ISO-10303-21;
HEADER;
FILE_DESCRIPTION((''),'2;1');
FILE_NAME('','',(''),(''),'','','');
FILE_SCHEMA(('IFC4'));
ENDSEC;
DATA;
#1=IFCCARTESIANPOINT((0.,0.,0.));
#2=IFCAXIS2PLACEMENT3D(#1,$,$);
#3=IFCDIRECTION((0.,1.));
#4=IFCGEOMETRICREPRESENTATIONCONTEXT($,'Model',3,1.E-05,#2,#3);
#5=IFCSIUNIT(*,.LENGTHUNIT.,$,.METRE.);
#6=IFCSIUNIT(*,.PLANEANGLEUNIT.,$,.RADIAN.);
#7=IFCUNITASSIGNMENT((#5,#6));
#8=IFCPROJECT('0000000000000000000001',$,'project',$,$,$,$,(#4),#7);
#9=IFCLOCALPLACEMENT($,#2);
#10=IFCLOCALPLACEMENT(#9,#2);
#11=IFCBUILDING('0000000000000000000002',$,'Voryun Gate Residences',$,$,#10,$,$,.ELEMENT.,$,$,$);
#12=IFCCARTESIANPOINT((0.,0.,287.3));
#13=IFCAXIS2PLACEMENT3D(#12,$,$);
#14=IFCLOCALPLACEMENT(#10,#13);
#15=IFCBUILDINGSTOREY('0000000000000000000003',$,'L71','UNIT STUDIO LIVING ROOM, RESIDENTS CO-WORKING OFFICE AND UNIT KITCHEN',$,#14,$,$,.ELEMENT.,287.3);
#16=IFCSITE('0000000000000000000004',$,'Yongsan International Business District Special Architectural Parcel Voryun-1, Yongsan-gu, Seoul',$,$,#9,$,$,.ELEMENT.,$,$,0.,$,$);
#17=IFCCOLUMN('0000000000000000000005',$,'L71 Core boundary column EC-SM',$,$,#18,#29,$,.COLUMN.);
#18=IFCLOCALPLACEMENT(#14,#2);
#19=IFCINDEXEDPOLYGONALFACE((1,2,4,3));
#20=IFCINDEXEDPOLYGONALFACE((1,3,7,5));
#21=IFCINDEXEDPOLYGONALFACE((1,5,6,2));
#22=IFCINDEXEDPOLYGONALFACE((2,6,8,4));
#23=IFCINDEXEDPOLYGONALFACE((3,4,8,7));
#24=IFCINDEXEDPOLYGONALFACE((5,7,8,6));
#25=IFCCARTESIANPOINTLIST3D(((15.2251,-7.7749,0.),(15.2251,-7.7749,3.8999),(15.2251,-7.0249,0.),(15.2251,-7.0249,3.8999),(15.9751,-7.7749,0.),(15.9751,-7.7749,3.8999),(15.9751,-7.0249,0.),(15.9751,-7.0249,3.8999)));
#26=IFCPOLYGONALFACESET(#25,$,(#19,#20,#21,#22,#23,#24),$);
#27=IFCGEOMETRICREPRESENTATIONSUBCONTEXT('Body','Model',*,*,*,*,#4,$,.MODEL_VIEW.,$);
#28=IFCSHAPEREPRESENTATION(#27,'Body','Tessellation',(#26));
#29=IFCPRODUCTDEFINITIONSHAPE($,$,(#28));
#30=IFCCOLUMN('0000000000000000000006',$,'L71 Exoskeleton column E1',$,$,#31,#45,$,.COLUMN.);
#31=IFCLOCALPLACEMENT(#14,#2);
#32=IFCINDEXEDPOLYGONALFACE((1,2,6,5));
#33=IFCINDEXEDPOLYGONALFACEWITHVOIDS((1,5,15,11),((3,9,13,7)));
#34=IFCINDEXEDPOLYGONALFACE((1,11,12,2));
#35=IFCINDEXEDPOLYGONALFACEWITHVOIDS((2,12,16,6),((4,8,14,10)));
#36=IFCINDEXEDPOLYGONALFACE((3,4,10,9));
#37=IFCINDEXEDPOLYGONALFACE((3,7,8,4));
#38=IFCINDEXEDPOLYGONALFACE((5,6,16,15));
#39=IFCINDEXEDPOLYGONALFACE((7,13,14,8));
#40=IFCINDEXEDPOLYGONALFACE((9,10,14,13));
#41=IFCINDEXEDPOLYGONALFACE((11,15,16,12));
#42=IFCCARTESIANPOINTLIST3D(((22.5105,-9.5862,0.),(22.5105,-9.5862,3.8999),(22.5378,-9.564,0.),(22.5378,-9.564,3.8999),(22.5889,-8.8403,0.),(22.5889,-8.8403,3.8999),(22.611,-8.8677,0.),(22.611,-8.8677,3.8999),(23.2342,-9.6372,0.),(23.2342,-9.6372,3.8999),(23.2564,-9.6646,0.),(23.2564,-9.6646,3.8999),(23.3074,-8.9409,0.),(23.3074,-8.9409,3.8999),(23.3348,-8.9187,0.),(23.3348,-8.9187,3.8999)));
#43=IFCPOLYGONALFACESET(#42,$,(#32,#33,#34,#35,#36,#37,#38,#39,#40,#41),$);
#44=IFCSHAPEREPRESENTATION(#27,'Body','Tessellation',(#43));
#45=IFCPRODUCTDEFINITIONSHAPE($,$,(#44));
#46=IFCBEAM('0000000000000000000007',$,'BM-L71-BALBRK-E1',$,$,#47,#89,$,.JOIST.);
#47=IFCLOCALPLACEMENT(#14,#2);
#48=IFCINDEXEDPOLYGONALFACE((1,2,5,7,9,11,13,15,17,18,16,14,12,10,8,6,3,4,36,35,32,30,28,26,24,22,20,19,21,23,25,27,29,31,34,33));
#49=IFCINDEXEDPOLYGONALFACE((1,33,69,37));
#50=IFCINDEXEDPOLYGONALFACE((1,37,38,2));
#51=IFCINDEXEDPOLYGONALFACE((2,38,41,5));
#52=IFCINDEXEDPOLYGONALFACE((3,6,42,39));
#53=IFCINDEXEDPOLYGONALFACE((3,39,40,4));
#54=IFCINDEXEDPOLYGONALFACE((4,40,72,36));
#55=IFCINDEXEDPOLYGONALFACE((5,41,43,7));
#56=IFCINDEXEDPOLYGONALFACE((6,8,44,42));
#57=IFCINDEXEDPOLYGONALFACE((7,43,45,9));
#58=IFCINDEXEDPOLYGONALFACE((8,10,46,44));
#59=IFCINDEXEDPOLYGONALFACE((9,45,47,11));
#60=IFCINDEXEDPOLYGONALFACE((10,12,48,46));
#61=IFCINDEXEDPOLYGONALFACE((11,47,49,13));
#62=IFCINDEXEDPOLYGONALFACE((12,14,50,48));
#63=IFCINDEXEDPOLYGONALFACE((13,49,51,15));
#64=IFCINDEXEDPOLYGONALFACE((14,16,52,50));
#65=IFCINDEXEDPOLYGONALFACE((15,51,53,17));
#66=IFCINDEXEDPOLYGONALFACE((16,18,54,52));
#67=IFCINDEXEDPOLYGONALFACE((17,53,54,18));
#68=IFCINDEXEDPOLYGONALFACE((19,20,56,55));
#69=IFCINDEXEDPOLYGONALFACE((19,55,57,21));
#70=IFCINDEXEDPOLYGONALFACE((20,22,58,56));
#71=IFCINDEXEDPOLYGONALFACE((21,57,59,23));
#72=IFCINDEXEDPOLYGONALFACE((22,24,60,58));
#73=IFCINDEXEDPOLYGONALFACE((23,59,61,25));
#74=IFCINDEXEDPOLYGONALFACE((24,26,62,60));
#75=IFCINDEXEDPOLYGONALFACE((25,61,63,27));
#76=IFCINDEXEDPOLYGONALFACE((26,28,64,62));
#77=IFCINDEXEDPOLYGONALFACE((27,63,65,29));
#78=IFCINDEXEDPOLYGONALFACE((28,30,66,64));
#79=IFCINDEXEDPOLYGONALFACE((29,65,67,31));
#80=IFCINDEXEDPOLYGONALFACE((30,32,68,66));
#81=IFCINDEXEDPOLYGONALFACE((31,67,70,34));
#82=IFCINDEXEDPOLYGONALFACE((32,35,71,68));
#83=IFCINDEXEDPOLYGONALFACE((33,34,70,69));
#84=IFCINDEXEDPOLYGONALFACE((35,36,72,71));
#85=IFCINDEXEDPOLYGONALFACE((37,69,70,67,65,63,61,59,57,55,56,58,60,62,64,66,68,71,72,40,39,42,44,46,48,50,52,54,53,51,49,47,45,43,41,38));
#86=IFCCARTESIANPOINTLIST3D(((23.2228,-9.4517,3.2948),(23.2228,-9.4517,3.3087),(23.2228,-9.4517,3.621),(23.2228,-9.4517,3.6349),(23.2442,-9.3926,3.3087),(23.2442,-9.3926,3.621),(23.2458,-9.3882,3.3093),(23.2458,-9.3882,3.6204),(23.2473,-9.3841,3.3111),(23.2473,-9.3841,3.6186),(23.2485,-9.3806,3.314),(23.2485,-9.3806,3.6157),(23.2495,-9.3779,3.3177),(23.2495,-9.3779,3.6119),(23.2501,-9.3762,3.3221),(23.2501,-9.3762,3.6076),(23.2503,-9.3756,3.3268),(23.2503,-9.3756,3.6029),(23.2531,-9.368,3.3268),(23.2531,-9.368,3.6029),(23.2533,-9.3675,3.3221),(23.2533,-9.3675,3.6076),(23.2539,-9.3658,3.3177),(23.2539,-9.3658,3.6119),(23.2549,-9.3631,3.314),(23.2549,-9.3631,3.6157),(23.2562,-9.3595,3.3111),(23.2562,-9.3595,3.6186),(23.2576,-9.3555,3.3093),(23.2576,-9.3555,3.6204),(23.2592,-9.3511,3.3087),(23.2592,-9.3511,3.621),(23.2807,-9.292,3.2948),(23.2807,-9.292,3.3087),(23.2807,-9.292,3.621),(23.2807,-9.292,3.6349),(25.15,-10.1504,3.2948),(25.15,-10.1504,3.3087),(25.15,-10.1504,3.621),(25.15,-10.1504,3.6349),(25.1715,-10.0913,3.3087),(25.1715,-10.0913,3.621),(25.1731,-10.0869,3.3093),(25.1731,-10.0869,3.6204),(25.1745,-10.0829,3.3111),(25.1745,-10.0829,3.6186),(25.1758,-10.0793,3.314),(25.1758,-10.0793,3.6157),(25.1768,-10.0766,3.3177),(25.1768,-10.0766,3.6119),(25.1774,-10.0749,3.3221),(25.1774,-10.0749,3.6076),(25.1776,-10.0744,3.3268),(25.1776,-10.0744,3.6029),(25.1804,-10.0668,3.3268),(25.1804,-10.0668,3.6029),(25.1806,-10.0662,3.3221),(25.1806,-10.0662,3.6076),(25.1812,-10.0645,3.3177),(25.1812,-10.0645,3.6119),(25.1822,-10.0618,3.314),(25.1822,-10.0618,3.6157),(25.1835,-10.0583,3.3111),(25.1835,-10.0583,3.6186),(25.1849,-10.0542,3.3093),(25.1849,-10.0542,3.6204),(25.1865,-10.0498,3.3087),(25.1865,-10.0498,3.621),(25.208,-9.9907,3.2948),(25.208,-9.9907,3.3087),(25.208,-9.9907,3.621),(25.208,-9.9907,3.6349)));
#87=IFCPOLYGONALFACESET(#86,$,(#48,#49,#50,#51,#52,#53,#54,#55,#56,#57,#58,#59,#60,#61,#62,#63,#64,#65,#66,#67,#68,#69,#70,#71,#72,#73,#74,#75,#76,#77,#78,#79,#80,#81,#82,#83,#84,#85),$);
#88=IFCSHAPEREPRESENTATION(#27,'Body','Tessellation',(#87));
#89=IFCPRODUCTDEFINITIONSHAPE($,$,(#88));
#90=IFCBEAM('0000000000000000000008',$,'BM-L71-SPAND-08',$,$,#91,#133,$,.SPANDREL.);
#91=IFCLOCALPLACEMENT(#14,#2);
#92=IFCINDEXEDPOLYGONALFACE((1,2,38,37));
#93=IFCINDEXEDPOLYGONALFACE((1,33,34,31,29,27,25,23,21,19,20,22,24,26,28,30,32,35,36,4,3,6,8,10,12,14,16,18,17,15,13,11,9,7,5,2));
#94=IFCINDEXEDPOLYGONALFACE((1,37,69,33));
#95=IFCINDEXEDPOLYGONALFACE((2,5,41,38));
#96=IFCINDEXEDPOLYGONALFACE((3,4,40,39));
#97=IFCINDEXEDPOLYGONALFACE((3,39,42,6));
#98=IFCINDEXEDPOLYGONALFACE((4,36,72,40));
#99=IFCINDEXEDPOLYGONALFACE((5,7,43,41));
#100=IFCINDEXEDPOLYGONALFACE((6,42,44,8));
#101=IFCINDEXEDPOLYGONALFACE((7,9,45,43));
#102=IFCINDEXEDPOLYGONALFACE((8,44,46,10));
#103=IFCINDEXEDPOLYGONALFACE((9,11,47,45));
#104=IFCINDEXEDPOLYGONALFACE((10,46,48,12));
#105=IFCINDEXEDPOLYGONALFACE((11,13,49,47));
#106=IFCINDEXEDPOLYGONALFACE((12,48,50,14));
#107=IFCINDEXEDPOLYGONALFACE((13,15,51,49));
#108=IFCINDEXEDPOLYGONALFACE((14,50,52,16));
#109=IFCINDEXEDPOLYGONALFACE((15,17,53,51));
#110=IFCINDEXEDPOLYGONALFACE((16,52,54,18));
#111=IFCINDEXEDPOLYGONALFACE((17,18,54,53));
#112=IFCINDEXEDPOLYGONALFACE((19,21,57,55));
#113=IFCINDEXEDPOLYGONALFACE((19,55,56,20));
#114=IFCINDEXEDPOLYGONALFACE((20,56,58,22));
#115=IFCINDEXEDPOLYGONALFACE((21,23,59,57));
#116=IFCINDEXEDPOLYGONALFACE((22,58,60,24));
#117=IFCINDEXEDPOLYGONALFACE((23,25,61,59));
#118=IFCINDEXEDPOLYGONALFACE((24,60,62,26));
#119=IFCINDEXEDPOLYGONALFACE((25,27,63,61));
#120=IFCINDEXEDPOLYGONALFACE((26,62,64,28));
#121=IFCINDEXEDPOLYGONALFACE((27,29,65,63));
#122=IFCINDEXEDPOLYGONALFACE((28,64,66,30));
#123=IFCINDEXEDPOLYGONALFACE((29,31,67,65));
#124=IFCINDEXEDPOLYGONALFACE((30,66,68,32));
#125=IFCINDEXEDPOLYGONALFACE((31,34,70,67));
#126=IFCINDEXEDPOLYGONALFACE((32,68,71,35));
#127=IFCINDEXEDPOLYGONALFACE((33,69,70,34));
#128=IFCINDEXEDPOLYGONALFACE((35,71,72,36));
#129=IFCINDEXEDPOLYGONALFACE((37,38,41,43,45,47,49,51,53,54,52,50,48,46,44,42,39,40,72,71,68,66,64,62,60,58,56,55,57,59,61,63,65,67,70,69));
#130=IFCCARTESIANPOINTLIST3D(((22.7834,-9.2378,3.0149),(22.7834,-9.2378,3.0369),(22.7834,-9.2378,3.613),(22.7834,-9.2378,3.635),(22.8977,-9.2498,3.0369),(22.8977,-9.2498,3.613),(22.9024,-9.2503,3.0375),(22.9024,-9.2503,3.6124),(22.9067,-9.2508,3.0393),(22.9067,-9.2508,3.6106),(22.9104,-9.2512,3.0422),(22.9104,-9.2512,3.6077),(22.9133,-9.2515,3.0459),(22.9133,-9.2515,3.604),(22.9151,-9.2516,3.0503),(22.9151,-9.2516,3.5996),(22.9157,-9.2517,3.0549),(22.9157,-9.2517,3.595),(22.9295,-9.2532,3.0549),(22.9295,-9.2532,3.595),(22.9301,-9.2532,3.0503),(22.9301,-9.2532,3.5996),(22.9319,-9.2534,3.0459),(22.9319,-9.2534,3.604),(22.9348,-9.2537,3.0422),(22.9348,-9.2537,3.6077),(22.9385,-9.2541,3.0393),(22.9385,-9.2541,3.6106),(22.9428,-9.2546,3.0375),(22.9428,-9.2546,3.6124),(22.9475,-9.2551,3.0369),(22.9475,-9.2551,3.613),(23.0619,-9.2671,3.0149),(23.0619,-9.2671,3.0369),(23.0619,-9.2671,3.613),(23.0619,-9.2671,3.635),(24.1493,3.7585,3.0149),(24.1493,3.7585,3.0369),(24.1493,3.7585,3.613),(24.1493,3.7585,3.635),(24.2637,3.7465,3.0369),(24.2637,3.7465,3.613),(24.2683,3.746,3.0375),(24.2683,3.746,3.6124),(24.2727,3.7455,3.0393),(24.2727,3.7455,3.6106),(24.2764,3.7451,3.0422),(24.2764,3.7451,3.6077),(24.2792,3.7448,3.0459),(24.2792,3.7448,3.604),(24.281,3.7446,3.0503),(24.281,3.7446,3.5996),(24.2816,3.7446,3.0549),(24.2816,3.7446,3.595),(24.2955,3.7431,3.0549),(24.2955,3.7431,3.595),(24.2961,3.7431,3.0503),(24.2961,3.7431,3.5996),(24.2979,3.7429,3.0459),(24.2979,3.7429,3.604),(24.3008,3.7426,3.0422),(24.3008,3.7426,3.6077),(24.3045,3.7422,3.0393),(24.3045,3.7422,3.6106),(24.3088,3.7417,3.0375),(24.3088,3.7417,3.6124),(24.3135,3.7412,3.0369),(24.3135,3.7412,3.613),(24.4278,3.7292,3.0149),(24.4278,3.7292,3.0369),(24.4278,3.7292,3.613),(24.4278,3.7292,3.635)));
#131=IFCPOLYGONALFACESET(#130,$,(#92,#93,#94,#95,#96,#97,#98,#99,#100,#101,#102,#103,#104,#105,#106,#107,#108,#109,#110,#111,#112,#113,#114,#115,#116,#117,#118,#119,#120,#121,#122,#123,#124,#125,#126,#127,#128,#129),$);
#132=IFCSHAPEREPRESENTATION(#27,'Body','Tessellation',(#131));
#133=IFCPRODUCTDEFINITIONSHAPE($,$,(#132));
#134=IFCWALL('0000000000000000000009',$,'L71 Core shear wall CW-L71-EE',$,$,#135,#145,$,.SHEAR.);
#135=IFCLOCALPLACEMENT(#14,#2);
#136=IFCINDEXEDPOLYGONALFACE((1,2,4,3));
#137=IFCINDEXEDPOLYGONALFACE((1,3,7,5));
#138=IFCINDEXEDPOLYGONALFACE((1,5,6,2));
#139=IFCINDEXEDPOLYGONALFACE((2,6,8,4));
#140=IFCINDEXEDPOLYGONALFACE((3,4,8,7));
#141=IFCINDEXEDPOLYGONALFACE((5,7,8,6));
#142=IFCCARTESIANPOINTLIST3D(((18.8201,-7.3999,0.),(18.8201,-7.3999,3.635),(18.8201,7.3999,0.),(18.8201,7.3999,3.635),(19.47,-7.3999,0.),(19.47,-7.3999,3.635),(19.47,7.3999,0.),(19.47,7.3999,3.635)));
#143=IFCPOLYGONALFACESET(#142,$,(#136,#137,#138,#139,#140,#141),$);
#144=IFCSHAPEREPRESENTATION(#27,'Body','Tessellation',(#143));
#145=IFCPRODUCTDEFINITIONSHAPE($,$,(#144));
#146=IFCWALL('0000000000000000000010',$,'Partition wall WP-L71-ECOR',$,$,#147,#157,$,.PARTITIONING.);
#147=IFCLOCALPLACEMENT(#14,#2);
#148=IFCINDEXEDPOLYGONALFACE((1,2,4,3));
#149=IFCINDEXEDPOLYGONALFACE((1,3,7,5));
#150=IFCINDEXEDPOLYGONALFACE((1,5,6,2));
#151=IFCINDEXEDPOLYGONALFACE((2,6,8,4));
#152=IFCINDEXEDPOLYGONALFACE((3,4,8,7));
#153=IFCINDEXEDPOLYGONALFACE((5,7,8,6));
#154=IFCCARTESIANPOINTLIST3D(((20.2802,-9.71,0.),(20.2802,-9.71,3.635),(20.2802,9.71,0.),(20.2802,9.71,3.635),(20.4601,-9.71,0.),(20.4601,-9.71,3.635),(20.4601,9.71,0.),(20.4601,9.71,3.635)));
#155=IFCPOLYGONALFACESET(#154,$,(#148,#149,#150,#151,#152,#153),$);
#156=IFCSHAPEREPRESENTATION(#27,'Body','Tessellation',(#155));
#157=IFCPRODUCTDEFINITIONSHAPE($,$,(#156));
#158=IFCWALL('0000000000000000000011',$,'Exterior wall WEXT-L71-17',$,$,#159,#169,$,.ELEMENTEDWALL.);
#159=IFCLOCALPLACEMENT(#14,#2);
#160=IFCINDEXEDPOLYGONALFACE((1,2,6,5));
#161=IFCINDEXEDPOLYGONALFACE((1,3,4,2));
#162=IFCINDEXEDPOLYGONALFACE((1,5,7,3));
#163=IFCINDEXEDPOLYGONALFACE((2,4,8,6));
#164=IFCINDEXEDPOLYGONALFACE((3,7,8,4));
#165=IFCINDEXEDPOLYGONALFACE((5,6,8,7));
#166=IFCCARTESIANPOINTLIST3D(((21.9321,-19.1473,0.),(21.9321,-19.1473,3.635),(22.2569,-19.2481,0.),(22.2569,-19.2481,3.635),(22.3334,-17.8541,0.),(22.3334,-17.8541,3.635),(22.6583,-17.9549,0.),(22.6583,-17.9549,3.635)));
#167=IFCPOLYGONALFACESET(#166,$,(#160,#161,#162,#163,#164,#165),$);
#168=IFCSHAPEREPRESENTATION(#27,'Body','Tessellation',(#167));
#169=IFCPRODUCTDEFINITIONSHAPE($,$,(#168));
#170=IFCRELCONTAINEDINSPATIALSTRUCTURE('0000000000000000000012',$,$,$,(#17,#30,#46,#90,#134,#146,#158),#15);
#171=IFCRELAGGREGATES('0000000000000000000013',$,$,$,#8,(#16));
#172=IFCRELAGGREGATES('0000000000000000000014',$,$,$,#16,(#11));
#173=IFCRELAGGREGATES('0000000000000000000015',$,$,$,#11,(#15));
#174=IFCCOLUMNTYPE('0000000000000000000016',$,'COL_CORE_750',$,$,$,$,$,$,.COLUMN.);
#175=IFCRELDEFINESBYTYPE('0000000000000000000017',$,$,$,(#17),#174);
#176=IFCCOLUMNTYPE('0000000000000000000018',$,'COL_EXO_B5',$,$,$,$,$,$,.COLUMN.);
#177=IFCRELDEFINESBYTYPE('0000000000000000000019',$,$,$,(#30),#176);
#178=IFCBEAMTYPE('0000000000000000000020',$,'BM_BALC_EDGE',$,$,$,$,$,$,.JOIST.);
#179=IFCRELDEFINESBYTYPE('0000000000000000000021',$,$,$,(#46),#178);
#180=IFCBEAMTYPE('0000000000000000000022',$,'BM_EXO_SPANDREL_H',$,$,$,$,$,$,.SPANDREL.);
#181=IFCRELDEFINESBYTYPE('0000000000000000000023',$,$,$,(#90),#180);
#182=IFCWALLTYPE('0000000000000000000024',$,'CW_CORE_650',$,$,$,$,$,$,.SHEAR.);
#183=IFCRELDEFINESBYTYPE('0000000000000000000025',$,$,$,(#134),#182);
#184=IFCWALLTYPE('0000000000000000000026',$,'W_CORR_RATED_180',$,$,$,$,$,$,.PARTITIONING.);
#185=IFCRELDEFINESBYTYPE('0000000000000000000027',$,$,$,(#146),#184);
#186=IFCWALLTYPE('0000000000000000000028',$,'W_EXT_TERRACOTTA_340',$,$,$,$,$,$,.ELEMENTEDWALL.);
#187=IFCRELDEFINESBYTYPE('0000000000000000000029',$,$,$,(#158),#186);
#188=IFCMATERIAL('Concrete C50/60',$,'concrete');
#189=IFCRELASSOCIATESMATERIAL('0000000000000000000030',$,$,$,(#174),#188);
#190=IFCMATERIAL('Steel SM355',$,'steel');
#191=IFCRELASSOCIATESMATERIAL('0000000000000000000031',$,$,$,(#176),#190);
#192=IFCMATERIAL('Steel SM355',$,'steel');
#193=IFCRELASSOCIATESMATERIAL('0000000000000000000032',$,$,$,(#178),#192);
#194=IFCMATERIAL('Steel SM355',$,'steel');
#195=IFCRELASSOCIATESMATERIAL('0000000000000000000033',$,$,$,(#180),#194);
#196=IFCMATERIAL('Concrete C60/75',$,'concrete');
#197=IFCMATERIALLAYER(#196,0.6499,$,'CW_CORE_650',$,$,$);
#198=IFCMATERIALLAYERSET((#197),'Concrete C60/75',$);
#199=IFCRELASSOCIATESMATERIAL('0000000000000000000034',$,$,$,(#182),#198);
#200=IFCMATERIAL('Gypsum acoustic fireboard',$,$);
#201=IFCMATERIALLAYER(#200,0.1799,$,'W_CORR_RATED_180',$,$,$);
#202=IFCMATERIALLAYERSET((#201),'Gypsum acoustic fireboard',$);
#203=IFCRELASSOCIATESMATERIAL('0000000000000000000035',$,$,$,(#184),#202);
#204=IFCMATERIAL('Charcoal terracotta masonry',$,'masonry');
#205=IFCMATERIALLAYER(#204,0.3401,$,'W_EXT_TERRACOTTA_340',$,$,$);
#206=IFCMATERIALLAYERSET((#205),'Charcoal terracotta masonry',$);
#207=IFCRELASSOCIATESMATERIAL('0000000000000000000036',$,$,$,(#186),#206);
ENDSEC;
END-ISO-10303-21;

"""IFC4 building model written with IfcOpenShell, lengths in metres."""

from ifc_helpers import new_model, si_unit, direction, frame, frame_2d, origin, origin_2d, place, context, subcontext, project, spatial, rectangle, hollow_rectangle, i_section, extrude, material, layer, layer_set, material_profile, profile_set, type_object, element, save


model = new_model("IFC4")

# Units and contexts
model_context = context("Model", 3, precision=1e-05, world=origin(), true_north=direction((0.0, 1.0)))
body_context = subcontext(model_context, "Body", "Model", "MODEL_VIEW")
ifc_project = project(units=[si_unit("LENGTHUNIT", "METRE"), si_unit("PLANEANGLEUNIT", "RADIAN")], contexts=[model_context])

# Site, building, storey
site_placement = place(None, origin())
site = spatial("IfcSite", under=ifc_project, at=site_placement, Name="Yongsan International Business District Special Architectural Parcel Voryun-1, Yongsan-gu, Seoul", CompositionType="ELEMENT", RefElevation=0.0)
building_placement = place(site_placement, origin())
building = spatial("IfcBuilding", under=site, at=building_placement, Name="Voryun Gate Residences", CompositionType="ELEMENT")
storey_placement = place(building_placement, frame((0.0, 0.0, 287.3)))
storey = spatial("IfcBuildingStorey", under=building, at=storey_placement, Name="L71", Description="UNIT STUDIO LIVING ROOM, RESIDENTS CO-WORKING OFFICE AND UNIT KITCHEN", CompositionType="ELEMENT", Elevation=287.3)

# Columns
ifc_material_1 = material(Name="Concrete C50/60", Category="concrete")
ifc_material_profile_1 = material_profile(ifc_material_1, rectangle(XDim=0.75, YDim=0.75, at=origin_2d()), Name="RC-750x750")
ifc_profile_set_1 = profile_set([ifc_material_profile_1], Name="Concrete C50/60")
column_type_1 = type_object("IfcColumnType", Name="COL_CORE_750", PredefinedType="COLUMN", material=ifc_profile_set_1)
column_1_placement = place(storey_placement, frame((15.6001, -7.3999, 0.0), z_axis=(0.0, 0.0, 1.0), x_axis=(1.0, 0.0, 0.0)))
element("IfcColumn", 1, at=column_1_placement, inside=storey, type_object=column_type_1, Name="L71 Core boundary column EC-SM", PredefinedType="COLUMN", context=body_context, shape_type="SweptSolid", body=[
    extrude(rectangle(XDim=0.75, YDim=0.75, at=origin_2d()), origin(), (0.0, 0.0, 1.0), 3.8999),
])
ifc_material_2 = material(Name="Steel SM355", Category="steel")
ifc_material_profile_2 = material_profile(ifc_material_2, hollow_rectangle(XDim=0.75, YDim=0.75, WallThickness=0.0249, at=origin_2d()), Name="BOX-750x750x25")
ifc_profile_set_2 = profile_set([ifc_material_profile_2], Name="Steel SM355")
column_type_2 = type_object("IfcColumnType", Name="COL_EXO_B5", PredefinedType="COLUMN", material=ifc_profile_set_2)
column_2_placement = place(storey_placement, frame((22.9226, -9.2524, 0.0), z_axis=(0.0, 0.0, 1.0), x_axis=(0.994522, -0.104528, 0.0)))
element("IfcColumn", 2, at=column_2_placement, inside=storey, type_object=column_type_2, Name="L71 Exoskeleton column E1", PredefinedType="COLUMN", context=body_context, shape_type="SweptSolid", body=[
    extrude(hollow_rectangle(XDim=0.75, YDim=0.75, WallThickness=0.0249, at=origin_2d()), origin(), (0.0, 0.0, 1.0), 3.8999),
])

# Beams
ifc_material_3 = material(Name="Steel SM355", Category="steel")
ifc_material_profile_3 = material_profile(ifc_material_3, i_section(OverallWidth=0.1699, OverallDepth=0.3401, WebThickness=0.0081, FlangeThickness=0.0139, FilletRadius=0.0181, at=origin_2d()), Name="H-340x170x8x14")
ifc_profile_set_3 = profile_set([ifc_material_profile_3], Name="Steel SM355")
beam_type_1 = type_object("IfcBeamType", Name="BM_BALC_EDGE", PredefinedType="JOIST", material=ifc_profile_set_3)
beam_1_placement = place(storey_placement, frame((23.2517, -9.3718, 3.4648), z_axis=(0.94012, -0.340844, 0.0), x_axis=(0.340844, 0.94012, 0.0)))
element("IfcBeam", 3, at=beam_1_placement, inside=storey, type_object=beam_type_1, Name="BM-L71-BALBRK-E1", PredefinedType="JOIST", context=body_context, shape_type="SweptSolid", body=[
    extrude(i_section(OverallWidth=0.1699, OverallDepth=0.3401, WebThickness=0.0081, FlangeThickness=0.0139, FilletRadius=0.0181, at=origin_2d()), origin(), (0.0, 0.0, 1.0), 2.05),
])
ifc_material_4 = material(Name="Steel SM355", Category="steel")
ifc_material_profile_4 = material_profile(ifc_material_4, i_section(OverallWidth=0.28, OverallDepth=0.6201, WebThickness=0.0139, FlangeThickness=0.022, FilletRadius=0.0181, at=origin_2d()), Name="H-620x280x14x22")
ifc_profile_set_4 = profile_set([ifc_material_profile_4], Name="Steel SM355")
beam_type_2 = type_object("IfcBeamType", Name="BM_EXO_SPANDREL_H", PredefinedType="SPANDREL", material=ifc_profile_set_4)
beam_2_placement = place(storey_placement, frame((22.9226, -9.2524, 3.325), z_axis=(0.104528, 0.994522, 0.0), x_axis=(-0.994522, 0.104528, 0.0)))
element("IfcBeam", 4, at=beam_2_placement, inside=storey, type_object=beam_type_2, Name="BM-L71-SPAND-08", PredefinedType="SPANDREL", context=body_context, shape_type="SweptSolid", body=[
    extrude(i_section(OverallWidth=0.28, OverallDepth=0.6201, WebThickness=0.0139, FlangeThickness=0.022, FilletRadius=0.0181, at=origin_2d()), origin(), (0.0, 0.0, 1.0), 13.0679),
])

# Walls
ifc_material_5 = material(Name="Concrete C60/75", Category="concrete")
ifc_layer_1 = layer(ifc_material_5, 0.6499, Name="CW_CORE_650")
ifc_layer_set_1 = layer_set([ifc_layer_1], Name="Concrete C60/75")
wall_type_1 = type_object("IfcWallType", Name="CW_CORE_650", PredefinedType="SHEAR", material=ifc_layer_set_1)
wall_1_placement = place(storey_placement, frame((19.145, -7.3999, 0.0), z_axis=(0.0, 0.0, 1.0), x_axis=(0.0, 1.0, 0.0)))
element("IfcWall", 5, at=wall_1_placement, inside=storey, type_object=wall_type_1, Name="L71 Core shear wall CW-L71-EE", PredefinedType="SHEAR", context=body_context, shape_type="SweptSolid", body=[
    extrude(rectangle(XDim=14.7998, YDim=0.6499, at=frame_2d((7.3999, 0.0))), origin(), (0.0, 0.0, 1.0), 3.635),
])
ifc_material_6 = material(Name="Gypsum acoustic fireboard")
ifc_layer_2 = layer(ifc_material_6, 0.1799, Name="W_CORR_RATED_180")
ifc_layer_set_2 = layer_set([ifc_layer_2], Name="Gypsum acoustic fireboard")
wall_type_2 = type_object("IfcWallType", Name="W_CORR_RATED_180", PredefinedType="PARTITIONING", material=ifc_layer_set_2)
wall_2_placement = place(storey_placement, frame((20.3701, -9.71, 0.0), z_axis=(0.0, 0.0, 1.0), x_axis=(0.0, 1.0, 0.0)))
element("IfcWall", 6, at=wall_2_placement, inside=storey, type_object=wall_type_2, Name="Partition wall WP-L71-ECOR", PredefinedType="PARTITIONING", context=body_context, shape_type="SweptSolid", body=[
    extrude(rectangle(XDim=19.4199, YDim=0.1799, at=frame_2d((9.71, 0.0))), origin(), (0.0, 0.0, 1.0), 3.635),
])
ifc_material_7 = material(Name="Charcoal terracotta masonry", Category="masonry")
ifc_layer_3 = layer(ifc_material_7, 0.3401, Name="W_EXT_TERRACOTTA_340")
ifc_layer_set_3 = layer_set([ifc_layer_3], Name="Charcoal terracotta masonry")
wall_type_3 = type_object("IfcWallType", Name="W_EXT_TERRACOTTA_340", PredefinedType="ELEMENTEDWALL", material=ifc_layer_set_3)
wall_3_placement = place(storey_placement, frame((22.4958, -17.9045, 0.0), z_axis=(0.0, 0.0, 1.0), x_axis=(-0.296416, -0.955059, 0.0)))
element("IfcWall", 7, at=wall_3_placement, inside=storey, type_object=wall_type_3, Name="Exterior wall WEXT-L71-17", PredefinedType="ELEMENTEDWALL", context=body_context, shape_type="SweptSolid", body=[
    extrude(rectangle(XDim=1.354, YDim=0.3401, at=frame_2d((0.677, 0.0))), origin(), (0.0, 0.0, 1.0), 3.635),
])

save(model, "model.ifc")
